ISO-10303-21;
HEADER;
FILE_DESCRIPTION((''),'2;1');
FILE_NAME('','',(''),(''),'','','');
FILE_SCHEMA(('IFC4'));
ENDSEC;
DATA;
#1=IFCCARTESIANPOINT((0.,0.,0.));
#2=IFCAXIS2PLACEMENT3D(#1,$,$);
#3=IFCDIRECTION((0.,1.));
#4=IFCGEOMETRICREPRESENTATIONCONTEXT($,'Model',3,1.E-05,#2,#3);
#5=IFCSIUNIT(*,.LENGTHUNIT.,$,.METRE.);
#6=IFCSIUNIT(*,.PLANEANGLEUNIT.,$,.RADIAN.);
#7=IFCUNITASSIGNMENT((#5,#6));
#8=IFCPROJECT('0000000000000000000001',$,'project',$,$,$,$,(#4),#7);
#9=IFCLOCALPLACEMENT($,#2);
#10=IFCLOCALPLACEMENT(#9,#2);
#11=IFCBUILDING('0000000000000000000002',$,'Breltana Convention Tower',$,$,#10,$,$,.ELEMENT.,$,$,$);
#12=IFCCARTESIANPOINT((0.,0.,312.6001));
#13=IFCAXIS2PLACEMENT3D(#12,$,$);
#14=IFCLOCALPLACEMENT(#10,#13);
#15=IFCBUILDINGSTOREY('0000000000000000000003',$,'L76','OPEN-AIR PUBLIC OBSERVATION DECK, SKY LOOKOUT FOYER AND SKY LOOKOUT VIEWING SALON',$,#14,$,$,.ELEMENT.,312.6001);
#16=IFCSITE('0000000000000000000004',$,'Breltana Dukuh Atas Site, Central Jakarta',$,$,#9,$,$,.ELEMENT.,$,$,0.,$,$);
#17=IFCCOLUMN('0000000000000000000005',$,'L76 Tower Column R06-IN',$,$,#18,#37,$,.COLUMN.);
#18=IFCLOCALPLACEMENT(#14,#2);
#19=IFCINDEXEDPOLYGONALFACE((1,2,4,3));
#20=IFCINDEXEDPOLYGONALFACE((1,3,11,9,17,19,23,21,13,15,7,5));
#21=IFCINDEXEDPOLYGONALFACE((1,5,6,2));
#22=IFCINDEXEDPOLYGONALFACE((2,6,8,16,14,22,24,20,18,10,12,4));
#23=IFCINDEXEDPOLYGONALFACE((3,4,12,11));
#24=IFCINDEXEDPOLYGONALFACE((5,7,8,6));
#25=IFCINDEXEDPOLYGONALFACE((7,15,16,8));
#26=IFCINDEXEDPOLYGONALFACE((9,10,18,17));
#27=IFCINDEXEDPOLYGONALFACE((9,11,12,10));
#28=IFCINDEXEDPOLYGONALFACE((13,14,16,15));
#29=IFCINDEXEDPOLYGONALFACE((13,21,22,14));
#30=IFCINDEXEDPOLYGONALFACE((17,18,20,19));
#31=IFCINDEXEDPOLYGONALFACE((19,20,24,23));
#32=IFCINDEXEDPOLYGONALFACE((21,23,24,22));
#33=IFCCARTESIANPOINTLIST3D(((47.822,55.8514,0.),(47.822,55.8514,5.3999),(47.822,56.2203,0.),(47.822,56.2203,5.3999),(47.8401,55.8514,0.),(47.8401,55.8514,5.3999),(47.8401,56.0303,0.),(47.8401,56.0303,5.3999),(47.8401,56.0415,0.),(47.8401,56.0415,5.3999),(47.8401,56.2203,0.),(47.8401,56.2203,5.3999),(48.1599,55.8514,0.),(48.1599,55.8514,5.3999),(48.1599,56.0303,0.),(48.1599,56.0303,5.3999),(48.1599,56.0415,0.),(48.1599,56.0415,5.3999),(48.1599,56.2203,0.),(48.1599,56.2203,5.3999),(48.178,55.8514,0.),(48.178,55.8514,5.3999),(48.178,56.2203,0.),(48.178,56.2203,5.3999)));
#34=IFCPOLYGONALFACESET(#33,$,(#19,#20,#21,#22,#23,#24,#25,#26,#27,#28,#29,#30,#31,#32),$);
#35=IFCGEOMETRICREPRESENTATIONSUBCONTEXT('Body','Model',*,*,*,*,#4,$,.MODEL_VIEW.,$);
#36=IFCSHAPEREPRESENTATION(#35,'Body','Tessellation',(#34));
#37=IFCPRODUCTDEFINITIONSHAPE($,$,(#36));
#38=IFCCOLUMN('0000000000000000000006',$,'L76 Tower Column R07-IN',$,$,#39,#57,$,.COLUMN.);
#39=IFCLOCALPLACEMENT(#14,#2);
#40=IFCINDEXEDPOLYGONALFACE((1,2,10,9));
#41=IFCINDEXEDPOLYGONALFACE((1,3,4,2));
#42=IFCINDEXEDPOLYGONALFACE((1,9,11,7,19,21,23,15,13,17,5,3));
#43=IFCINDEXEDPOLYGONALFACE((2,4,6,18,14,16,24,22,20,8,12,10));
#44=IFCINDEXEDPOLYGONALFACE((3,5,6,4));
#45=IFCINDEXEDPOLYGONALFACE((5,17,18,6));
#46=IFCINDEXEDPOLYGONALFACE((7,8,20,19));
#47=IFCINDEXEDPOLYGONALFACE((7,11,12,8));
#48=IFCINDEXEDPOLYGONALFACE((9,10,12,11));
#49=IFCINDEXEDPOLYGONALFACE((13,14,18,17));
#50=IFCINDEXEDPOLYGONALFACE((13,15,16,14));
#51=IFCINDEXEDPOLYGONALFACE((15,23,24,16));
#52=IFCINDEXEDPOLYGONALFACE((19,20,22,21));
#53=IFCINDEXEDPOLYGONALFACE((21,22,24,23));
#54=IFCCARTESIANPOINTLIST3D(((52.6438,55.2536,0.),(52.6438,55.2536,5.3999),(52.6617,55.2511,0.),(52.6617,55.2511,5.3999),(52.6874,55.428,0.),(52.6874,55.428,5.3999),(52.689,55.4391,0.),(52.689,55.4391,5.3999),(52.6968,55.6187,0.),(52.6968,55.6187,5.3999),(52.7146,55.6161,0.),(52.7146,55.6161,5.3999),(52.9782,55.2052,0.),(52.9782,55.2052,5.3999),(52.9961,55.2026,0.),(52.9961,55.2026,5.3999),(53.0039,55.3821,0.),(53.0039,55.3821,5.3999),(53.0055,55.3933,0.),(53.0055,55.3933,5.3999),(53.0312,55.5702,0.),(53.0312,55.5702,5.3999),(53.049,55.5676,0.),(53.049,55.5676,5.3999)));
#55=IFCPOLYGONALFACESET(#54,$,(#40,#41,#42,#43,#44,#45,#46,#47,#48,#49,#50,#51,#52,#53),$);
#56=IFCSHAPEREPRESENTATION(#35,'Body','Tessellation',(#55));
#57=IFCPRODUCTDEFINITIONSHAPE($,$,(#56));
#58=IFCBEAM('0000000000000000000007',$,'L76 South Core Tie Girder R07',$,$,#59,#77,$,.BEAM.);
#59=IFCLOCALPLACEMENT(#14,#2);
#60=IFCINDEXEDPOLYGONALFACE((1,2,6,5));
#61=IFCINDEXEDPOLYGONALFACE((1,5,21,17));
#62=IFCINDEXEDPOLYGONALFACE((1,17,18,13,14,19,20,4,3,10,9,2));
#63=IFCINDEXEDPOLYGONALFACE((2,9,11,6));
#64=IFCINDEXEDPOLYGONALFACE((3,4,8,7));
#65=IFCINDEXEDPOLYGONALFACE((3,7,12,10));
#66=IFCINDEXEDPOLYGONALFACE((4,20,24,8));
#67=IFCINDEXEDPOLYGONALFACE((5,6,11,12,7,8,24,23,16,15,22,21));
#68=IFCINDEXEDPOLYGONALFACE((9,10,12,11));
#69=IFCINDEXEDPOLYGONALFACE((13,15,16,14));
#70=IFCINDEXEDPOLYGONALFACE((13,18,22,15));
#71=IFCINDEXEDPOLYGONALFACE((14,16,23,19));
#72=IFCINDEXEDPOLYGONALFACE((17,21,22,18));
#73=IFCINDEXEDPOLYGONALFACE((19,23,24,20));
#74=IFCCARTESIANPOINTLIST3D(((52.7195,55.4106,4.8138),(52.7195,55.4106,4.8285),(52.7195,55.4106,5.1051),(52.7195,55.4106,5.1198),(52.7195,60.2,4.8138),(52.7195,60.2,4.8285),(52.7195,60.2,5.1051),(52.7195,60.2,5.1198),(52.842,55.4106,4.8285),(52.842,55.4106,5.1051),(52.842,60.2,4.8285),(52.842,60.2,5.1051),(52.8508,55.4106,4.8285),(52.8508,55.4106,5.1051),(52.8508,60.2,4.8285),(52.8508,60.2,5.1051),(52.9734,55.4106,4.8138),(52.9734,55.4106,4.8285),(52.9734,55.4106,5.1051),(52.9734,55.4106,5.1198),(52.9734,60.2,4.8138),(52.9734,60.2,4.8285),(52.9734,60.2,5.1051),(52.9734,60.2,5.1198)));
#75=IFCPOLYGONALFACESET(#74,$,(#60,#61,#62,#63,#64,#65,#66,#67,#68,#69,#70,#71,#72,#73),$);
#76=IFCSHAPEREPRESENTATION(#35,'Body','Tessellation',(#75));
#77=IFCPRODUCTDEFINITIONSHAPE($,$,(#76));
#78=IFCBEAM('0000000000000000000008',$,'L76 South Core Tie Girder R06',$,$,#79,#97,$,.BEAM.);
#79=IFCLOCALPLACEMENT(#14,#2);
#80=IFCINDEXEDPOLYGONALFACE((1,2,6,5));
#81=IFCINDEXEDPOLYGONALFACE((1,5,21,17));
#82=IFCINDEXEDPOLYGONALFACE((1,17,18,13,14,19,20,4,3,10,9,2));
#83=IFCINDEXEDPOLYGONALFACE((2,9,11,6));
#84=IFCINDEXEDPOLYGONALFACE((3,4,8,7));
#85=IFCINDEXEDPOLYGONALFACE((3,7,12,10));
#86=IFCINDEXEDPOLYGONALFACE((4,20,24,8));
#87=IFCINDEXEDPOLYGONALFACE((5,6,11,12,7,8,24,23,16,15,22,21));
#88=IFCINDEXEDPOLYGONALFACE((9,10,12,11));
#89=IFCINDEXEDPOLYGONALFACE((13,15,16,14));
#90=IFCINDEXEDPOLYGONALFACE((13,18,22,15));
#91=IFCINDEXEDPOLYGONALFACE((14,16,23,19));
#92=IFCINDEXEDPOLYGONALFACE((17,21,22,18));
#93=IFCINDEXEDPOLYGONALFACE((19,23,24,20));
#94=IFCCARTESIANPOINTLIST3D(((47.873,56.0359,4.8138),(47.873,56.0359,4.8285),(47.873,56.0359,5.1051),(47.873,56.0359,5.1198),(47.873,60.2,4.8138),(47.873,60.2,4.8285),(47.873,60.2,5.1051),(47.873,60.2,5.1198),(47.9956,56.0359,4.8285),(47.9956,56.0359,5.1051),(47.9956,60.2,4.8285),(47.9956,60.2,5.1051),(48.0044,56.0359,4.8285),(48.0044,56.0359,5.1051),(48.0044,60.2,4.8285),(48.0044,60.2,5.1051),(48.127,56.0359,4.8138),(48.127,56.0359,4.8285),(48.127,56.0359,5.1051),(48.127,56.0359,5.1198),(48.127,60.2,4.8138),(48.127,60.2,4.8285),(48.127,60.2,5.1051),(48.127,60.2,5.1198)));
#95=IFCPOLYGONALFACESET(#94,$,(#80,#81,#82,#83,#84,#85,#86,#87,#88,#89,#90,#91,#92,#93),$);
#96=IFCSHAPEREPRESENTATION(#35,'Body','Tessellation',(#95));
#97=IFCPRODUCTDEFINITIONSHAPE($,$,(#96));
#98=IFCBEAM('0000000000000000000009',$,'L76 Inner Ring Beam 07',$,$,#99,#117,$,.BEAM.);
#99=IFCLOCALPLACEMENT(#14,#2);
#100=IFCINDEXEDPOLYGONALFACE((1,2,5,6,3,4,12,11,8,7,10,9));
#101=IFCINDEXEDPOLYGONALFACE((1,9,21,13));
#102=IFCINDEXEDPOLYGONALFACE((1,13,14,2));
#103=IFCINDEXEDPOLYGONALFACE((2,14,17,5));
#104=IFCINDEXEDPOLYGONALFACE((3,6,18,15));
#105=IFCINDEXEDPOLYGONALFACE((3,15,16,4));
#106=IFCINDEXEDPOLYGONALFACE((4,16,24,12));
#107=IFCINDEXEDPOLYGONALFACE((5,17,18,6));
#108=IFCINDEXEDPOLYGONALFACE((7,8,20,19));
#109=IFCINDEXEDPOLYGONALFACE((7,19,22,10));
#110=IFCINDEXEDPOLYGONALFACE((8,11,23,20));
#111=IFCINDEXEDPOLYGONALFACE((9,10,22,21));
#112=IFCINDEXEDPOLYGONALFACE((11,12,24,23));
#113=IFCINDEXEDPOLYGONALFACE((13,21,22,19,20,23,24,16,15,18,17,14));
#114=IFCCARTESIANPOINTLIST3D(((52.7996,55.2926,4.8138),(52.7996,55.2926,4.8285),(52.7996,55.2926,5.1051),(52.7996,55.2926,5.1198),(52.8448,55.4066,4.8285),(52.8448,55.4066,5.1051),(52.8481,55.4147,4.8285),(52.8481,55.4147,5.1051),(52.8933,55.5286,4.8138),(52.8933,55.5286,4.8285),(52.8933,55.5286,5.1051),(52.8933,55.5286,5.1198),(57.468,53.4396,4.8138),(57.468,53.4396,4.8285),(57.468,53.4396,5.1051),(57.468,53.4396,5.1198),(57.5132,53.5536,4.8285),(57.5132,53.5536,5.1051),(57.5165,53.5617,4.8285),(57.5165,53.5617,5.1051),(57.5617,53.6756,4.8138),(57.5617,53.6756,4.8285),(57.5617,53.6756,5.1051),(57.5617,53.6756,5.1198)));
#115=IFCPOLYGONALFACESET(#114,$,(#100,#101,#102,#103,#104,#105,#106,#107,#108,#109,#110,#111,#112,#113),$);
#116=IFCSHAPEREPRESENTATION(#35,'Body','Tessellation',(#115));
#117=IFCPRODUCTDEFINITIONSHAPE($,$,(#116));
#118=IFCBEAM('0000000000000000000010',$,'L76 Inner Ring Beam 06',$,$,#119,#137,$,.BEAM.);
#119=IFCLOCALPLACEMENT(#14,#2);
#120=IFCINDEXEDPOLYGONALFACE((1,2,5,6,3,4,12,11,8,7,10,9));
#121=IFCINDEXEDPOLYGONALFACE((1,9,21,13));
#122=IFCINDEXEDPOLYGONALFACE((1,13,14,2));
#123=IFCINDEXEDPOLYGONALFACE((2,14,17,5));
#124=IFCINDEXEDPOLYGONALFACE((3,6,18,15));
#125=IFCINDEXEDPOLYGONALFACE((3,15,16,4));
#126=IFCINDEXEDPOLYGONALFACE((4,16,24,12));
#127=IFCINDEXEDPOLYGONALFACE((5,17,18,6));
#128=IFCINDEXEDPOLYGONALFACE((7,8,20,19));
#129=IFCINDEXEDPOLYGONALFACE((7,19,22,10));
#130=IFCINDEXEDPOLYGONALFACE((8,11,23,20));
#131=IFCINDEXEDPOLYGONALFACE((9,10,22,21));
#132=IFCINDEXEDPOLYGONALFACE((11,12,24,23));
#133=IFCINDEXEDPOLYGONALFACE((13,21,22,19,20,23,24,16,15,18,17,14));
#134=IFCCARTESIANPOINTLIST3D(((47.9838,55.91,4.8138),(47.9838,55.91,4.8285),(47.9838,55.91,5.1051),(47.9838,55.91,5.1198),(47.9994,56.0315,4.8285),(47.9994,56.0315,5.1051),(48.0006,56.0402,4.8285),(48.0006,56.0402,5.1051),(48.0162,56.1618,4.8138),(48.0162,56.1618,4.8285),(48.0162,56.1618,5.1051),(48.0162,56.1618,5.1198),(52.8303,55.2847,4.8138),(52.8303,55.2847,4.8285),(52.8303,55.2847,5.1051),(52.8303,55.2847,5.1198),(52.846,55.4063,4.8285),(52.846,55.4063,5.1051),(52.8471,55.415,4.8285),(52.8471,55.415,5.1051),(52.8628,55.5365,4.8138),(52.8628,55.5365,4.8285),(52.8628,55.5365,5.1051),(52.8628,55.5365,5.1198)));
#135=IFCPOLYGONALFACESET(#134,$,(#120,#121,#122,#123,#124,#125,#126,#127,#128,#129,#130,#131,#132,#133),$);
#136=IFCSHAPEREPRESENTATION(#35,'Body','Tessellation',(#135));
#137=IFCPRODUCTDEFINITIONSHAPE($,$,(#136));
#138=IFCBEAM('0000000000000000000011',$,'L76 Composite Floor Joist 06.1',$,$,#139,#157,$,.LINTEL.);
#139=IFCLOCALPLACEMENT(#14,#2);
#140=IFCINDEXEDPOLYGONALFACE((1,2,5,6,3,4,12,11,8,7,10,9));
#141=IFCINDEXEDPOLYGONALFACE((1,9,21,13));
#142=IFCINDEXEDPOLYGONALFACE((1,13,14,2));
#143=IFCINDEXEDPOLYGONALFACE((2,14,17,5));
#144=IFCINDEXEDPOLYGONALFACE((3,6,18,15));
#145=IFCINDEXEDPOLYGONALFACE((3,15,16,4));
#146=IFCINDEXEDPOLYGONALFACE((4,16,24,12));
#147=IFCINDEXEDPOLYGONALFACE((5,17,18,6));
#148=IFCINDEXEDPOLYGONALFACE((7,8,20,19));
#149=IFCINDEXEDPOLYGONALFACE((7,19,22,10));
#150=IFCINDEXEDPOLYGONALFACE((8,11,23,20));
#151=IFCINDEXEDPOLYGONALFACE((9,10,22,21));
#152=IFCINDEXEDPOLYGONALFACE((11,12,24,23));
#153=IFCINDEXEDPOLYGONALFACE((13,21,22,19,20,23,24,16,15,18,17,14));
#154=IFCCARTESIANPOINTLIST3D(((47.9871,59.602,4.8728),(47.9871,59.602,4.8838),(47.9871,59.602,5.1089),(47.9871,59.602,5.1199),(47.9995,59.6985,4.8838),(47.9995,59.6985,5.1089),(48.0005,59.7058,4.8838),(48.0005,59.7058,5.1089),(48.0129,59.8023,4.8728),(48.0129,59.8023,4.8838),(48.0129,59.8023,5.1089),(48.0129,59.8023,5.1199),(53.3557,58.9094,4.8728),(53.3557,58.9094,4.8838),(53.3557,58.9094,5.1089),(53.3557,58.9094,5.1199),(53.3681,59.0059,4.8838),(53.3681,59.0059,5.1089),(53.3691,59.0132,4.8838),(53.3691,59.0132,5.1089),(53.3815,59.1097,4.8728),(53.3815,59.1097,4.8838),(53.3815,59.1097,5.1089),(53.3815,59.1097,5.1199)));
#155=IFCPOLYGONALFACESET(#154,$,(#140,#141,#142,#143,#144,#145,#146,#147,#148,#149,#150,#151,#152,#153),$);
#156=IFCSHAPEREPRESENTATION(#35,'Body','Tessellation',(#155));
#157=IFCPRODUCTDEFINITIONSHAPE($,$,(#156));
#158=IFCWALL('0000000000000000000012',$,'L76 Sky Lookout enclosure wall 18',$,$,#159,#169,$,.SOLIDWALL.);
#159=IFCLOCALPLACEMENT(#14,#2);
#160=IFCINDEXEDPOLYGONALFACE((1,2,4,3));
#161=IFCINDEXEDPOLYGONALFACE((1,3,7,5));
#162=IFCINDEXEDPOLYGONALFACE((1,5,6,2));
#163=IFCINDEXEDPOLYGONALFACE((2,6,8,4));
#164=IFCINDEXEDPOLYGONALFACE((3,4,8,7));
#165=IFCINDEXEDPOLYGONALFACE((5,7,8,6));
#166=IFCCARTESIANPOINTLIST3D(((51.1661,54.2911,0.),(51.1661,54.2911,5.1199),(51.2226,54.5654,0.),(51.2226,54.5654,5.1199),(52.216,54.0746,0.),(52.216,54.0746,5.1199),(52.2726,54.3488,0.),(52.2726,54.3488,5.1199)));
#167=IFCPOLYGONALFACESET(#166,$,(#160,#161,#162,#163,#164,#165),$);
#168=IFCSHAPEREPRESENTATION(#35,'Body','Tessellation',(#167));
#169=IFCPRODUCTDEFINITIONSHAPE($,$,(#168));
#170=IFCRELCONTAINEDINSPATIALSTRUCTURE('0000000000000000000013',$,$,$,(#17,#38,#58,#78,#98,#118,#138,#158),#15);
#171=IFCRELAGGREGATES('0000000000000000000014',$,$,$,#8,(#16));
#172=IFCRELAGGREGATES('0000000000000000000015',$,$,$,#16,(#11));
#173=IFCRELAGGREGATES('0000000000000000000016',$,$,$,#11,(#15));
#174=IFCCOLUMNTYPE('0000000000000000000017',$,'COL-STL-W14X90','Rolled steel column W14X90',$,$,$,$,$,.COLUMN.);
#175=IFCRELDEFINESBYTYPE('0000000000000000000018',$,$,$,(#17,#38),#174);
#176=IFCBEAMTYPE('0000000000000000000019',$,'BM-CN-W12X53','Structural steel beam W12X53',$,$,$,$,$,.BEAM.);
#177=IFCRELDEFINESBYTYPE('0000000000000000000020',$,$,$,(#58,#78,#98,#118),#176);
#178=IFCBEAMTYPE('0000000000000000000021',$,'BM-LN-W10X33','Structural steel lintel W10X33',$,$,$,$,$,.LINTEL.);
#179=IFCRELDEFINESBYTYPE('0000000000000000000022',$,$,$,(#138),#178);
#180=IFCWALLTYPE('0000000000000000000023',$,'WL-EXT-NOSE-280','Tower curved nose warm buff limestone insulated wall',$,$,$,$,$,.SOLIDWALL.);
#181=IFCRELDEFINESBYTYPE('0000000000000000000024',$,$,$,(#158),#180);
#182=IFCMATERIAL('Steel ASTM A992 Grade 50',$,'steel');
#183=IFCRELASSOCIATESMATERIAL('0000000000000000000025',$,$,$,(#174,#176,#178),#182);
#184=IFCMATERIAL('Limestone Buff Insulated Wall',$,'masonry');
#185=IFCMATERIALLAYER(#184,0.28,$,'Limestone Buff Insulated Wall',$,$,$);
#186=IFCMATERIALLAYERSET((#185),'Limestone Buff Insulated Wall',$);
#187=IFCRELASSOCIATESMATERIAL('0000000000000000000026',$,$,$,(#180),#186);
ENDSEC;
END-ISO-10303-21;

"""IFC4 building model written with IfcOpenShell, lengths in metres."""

from ifc_helpers import new_model, si_unit, direction, frame, frame_2d, origin, origin_2d, place, context, subcontext, project, spatial, rectangle, i_section, extrude, source, transform, mapped, material, layer, layer_set, material_profile, profile_set, type_object, element, save


model = new_model("IFC4")

# Units and contexts
model_context = context("Model", 3, precision=1e-05, world=origin(), true_north=direction((0.0, 1.0)))
body_context = subcontext(model_context, "Body", "Model", "MODEL_VIEW")
ifc_project = project(units=[si_unit("LENGTHUNIT", "METRE"), si_unit("PLANEANGLEUNIT", "RADIAN")], contexts=[model_context])

# Site, building, storey
site_placement = place(None, origin())
site = spatial("IfcSite", under=ifc_project, at=site_placement, Name="Breltana Dukuh Atas Site, Central Jakarta", CompositionType="ELEMENT", RefElevation=0.0)
building_placement = place(site_placement, origin())
building = spatial("IfcBuilding", under=site, at=building_placement, Name="Breltana Convention Tower", CompositionType="ELEMENT")
storey_placement = place(building_placement, frame((0.0, 0.0, 312.6001)))
storey = spatial("IfcBuildingStorey", under=building, at=storey_placement, Name="L76", Description="OPEN-AIR PUBLIC OBSERVATION DECK, SKY LOOKOUT FOYER AND SKY LOOKOUT VIEWING SALON", CompositionType="ELEMENT", Elevation=312.6001)

# Columns
ifc_material_1 = material(Name="Steel ASTM A992 Grade 50", Category="steel")
ifc_material_profile_1 = material_profile(ifc_material_1, i_section(OverallWidth=0.3689, OverallDepth=0.356, WebThickness=0.0112, FlangeThickness=0.0181, at=origin_2d()), Name="W14X90")
ifc_profile_set_1 = profile_set([ifc_material_profile_1], Name="Steel ASTM A992 Grade 50")
column_type = type_object("IfcColumnType", Name="COL-STL-W14X90", Description="Rolled steel column W14X90", PredefinedType="COLUMN", material=ifc_profile_set_1)
shared_shape_1 = source(origin(), body_context, "Body", "SweptSolid", [
    extrude(i_section(OverallWidth=0.3689, OverallDepth=0.356, WebThickness=0.0112, FlangeThickness=0.0181, at=origin_2d()), origin(), (0.0, 0.0, 1.0), 5.3999),
])
for number, where, z_axis, x_axis, name in (
    (1, (48.0, 56.0359, 0.0), (0.0, 0.0, 1.0), (0.0, 1.0, 0.0), "L76 Tower Column R06-IN"),
    (2, (52.8464, 55.4106, 0.0), (0.0, 0.0, 1.0), (0.143493, 0.989651, 0.0), "L76 Tower Column R07-IN"),
):
    element("IfcColumn", number, at=place(storey_placement, frame(where, z_axis=z_axis, x_axis=x_axis)), inside=storey, type_object=column_type, Name=name, PredefinedType="COLUMN", context=body_context, shape_type="MappedRepresentation", body=[
        mapped(shared_shape_1, transform((0.0, 0.0, 0.0), scale=1.0)),
    ])

# Beams
ifc_material_profile_2 = material_profile(ifc_material_1, i_section(OverallWidth=0.2539, OverallDepth=0.3059, WebThickness=0.0088, FlangeThickness=0.0146, at=origin_2d()), Name="W12X53")
ifc_profile_set_2 = profile_set([ifc_material_profile_2], Name="Steel ASTM A992 Grade 50")
beam_type_1 = type_object("IfcBeamType", Name="BM-CN-W12X53", Description="Structural steel beam W12X53", PredefinedType="BEAM", material=ifc_profile_set_2)
shared_shape_2 = source(origin(), body_context, "Body", "SweptSolid", [
    extrude(i_section(OverallWidth=0.2539, OverallDepth=0.3059, WebThickness=0.0088, FlangeThickness=0.0146, at=origin_2d()), origin(), (0.0, 0.0, 1.0), 4.7893),
])
beam_1_placement = place(storey_placement, frame((52.8464, 60.2, 4.9668), z_axis=(0.0, -1.0, 0.0), x_axis=(1.0, 0.0, 0.0)))
element("IfcBeam", 3, at=beam_1_placement, inside=storey, type_object=beam_type_1, Name="L76 South Core Tie Girder R07", PredefinedType="BEAM", context=body_context, shape_type="MappedRepresentation", body=[
    mapped(shared_shape_2, transform((0.0, 0.0, 0.0), scale=1.0)),
])
shared_shape_3 = source(origin(), body_context, "Body", "SweptSolid", [
    extrude(i_section(OverallWidth=0.2539, OverallDepth=0.3059, WebThickness=0.0088, FlangeThickness=0.0146, at=origin_2d()), origin(), (0.0, 0.0, 1.0), 4.1641),
])
beam_2_placement = place(storey_placement, frame((48.0, 60.2, 4.9668), z_axis=(0.0, -1.0, 0.0), x_axis=(1.0, 0.0, 0.0)))
element("IfcBeam", 4, at=beam_2_placement, inside=storey, type_object=beam_type_1, Name="L76 South Core Tie Girder R06", PredefinedType="BEAM", context=body_context, shape_type="MappedRepresentation", body=[
    mapped(shared_shape_3, transform((0.0, 0.0, 0.0), scale=1.0)),
])
shared_shape_4 = source(origin(), body_context, "Body", "SweptSolid", [
    extrude(i_section(OverallWidth=0.2539, OverallDepth=0.3059, WebThickness=0.0088, FlangeThickness=0.0146, at=origin_2d()), origin(), (0.0, 0.0, 1.0), 5.0227),
])
beam_3_placement = place(storey_placement, frame((52.8464, 55.4106, 4.9668), z_axis=(0.929459, -0.368926, 0.0), x_axis=(0.368926, 0.929459, 0.0)))
element("IfcBeam", 5, at=beam_3_placement, inside=storey, type_object=beam_type_1, Name="L76 Inner Ring Beam 07", PredefinedType="BEAM", context=body_context, shape_type="MappedRepresentation", body=[
    mapped(shared_shape_4, transform((0.0, 0.0, 0.0), scale=1.0)),
])
shared_shape_5 = source(origin(), body_context, "Body", "SweptSolid", [
    extrude(i_section(OverallWidth=0.2539, OverallDepth=0.3059, WebThickness=0.0088, FlangeThickness=0.0146, at=origin_2d()), origin(), (0.0, 0.0, 1.0), 4.8867),
])
beam_4_placement = place(storey_placement, frame((48.0, 56.0359, 4.9668), z_axis=(0.991781, -0.127951, 0.0), x_axis=(0.127951, 0.991781, 0.0)))
element("IfcBeam", 6, at=beam_4_placement, inside=storey, type_object=beam_type_1, Name="L76 Inner Ring Beam 06", PredefinedType="BEAM", context=body_context, shape_type="MappedRepresentation", body=[
    mapped(shared_shape_5, transform((0.0, 0.0, 0.0), scale=1.0)),
])
ifc_material_profile_3 = material_profile(ifc_material_1, i_section(OverallWidth=0.2019, OverallDepth=0.2471, WebThickness=0.0073, FlangeThickness=0.011, at=origin_2d()), Name="W10X33")
ifc_profile_set_3 = profile_set([ifc_material_profile_3], Name="Steel ASTM A992 Grade 50")
beam_type_2 = type_object("IfcBeamType", Name="BM-LN-W10X33", Description="Structural steel lintel W10X33", PredefinedType="LINTEL", material=ifc_profile_set_3)
shared_shape_6 = source(origin(), body_context, "Body", "SweptSolid", [
    extrude(i_section(OverallWidth=0.2019, OverallDepth=0.2471, WebThickness=0.0073, FlangeThickness=0.011, at=origin_2d()), origin(), (0.0, 0.0, 1.0), 5.4131),
])
beam_5_placement = place(storey_placement, frame((48.0, 59.7021, 4.9963), z_axis=(0.99178, -0.127953, 0.0), x_axis=(0.127953, 0.99178, 0.0)))
element("IfcBeam", 7, at=beam_5_placement, inside=storey, type_object=beam_type_2, Name="L76 Composite Floor Joist 06.1", PredefinedType="LINTEL", context=body_context, shape_type="MappedRepresentation", body=[
    mapped(shared_shape_6, transform((0.0, 0.0, 0.0), scale=1.0)),
])

# Wall
ifc_material_2 = material(Name="Limestone Buff Insulated Wall", Category="masonry")
ifc_layer_1 = layer(ifc_material_2, 0.28, Name="Limestone Buff Insulated Wall")
ifc_layer_set_1 = layer_set([ifc_layer_1], Name="Limestone Buff Insulated Wall")
wall_type_1 = type_object("IfcWallType", Name="WL-EXT-NOSE-280", Description="Tower curved nose warm buff limestone insulated wall", PredefinedType="SOLIDWALL", material=ifc_layer_set_1)
shared_shape_7 = source(origin(), body_context, "Body", "SweptSolid", [
    extrude(rectangle(XDim=1.072, YDim=0.28, at=frame_2d((0.5361, 0.0))), origin(), (0.0, 0.0, 1.0), 5.1199),
])
wall_1_placement = place(storey_placement, frame((52.2444, 54.2117, 0.0), z_axis=(0.0, 0.0, 1.0), x_axis=(-0.97938, 0.202026, 0.0)))
element("IfcWall", 8, at=wall_1_placement, inside=storey, type_object=wall_type_1, Name="L76 Sky Lookout enclosure wall 18", PredefinedType="SOLIDWALL", context=body_context, shape_type="MappedRepresentation", body=[
    mapped(shared_shape_7, transform((0.0, 0.0, 0.0), scale=1.0)),
])

save(model, "model.ifc")
